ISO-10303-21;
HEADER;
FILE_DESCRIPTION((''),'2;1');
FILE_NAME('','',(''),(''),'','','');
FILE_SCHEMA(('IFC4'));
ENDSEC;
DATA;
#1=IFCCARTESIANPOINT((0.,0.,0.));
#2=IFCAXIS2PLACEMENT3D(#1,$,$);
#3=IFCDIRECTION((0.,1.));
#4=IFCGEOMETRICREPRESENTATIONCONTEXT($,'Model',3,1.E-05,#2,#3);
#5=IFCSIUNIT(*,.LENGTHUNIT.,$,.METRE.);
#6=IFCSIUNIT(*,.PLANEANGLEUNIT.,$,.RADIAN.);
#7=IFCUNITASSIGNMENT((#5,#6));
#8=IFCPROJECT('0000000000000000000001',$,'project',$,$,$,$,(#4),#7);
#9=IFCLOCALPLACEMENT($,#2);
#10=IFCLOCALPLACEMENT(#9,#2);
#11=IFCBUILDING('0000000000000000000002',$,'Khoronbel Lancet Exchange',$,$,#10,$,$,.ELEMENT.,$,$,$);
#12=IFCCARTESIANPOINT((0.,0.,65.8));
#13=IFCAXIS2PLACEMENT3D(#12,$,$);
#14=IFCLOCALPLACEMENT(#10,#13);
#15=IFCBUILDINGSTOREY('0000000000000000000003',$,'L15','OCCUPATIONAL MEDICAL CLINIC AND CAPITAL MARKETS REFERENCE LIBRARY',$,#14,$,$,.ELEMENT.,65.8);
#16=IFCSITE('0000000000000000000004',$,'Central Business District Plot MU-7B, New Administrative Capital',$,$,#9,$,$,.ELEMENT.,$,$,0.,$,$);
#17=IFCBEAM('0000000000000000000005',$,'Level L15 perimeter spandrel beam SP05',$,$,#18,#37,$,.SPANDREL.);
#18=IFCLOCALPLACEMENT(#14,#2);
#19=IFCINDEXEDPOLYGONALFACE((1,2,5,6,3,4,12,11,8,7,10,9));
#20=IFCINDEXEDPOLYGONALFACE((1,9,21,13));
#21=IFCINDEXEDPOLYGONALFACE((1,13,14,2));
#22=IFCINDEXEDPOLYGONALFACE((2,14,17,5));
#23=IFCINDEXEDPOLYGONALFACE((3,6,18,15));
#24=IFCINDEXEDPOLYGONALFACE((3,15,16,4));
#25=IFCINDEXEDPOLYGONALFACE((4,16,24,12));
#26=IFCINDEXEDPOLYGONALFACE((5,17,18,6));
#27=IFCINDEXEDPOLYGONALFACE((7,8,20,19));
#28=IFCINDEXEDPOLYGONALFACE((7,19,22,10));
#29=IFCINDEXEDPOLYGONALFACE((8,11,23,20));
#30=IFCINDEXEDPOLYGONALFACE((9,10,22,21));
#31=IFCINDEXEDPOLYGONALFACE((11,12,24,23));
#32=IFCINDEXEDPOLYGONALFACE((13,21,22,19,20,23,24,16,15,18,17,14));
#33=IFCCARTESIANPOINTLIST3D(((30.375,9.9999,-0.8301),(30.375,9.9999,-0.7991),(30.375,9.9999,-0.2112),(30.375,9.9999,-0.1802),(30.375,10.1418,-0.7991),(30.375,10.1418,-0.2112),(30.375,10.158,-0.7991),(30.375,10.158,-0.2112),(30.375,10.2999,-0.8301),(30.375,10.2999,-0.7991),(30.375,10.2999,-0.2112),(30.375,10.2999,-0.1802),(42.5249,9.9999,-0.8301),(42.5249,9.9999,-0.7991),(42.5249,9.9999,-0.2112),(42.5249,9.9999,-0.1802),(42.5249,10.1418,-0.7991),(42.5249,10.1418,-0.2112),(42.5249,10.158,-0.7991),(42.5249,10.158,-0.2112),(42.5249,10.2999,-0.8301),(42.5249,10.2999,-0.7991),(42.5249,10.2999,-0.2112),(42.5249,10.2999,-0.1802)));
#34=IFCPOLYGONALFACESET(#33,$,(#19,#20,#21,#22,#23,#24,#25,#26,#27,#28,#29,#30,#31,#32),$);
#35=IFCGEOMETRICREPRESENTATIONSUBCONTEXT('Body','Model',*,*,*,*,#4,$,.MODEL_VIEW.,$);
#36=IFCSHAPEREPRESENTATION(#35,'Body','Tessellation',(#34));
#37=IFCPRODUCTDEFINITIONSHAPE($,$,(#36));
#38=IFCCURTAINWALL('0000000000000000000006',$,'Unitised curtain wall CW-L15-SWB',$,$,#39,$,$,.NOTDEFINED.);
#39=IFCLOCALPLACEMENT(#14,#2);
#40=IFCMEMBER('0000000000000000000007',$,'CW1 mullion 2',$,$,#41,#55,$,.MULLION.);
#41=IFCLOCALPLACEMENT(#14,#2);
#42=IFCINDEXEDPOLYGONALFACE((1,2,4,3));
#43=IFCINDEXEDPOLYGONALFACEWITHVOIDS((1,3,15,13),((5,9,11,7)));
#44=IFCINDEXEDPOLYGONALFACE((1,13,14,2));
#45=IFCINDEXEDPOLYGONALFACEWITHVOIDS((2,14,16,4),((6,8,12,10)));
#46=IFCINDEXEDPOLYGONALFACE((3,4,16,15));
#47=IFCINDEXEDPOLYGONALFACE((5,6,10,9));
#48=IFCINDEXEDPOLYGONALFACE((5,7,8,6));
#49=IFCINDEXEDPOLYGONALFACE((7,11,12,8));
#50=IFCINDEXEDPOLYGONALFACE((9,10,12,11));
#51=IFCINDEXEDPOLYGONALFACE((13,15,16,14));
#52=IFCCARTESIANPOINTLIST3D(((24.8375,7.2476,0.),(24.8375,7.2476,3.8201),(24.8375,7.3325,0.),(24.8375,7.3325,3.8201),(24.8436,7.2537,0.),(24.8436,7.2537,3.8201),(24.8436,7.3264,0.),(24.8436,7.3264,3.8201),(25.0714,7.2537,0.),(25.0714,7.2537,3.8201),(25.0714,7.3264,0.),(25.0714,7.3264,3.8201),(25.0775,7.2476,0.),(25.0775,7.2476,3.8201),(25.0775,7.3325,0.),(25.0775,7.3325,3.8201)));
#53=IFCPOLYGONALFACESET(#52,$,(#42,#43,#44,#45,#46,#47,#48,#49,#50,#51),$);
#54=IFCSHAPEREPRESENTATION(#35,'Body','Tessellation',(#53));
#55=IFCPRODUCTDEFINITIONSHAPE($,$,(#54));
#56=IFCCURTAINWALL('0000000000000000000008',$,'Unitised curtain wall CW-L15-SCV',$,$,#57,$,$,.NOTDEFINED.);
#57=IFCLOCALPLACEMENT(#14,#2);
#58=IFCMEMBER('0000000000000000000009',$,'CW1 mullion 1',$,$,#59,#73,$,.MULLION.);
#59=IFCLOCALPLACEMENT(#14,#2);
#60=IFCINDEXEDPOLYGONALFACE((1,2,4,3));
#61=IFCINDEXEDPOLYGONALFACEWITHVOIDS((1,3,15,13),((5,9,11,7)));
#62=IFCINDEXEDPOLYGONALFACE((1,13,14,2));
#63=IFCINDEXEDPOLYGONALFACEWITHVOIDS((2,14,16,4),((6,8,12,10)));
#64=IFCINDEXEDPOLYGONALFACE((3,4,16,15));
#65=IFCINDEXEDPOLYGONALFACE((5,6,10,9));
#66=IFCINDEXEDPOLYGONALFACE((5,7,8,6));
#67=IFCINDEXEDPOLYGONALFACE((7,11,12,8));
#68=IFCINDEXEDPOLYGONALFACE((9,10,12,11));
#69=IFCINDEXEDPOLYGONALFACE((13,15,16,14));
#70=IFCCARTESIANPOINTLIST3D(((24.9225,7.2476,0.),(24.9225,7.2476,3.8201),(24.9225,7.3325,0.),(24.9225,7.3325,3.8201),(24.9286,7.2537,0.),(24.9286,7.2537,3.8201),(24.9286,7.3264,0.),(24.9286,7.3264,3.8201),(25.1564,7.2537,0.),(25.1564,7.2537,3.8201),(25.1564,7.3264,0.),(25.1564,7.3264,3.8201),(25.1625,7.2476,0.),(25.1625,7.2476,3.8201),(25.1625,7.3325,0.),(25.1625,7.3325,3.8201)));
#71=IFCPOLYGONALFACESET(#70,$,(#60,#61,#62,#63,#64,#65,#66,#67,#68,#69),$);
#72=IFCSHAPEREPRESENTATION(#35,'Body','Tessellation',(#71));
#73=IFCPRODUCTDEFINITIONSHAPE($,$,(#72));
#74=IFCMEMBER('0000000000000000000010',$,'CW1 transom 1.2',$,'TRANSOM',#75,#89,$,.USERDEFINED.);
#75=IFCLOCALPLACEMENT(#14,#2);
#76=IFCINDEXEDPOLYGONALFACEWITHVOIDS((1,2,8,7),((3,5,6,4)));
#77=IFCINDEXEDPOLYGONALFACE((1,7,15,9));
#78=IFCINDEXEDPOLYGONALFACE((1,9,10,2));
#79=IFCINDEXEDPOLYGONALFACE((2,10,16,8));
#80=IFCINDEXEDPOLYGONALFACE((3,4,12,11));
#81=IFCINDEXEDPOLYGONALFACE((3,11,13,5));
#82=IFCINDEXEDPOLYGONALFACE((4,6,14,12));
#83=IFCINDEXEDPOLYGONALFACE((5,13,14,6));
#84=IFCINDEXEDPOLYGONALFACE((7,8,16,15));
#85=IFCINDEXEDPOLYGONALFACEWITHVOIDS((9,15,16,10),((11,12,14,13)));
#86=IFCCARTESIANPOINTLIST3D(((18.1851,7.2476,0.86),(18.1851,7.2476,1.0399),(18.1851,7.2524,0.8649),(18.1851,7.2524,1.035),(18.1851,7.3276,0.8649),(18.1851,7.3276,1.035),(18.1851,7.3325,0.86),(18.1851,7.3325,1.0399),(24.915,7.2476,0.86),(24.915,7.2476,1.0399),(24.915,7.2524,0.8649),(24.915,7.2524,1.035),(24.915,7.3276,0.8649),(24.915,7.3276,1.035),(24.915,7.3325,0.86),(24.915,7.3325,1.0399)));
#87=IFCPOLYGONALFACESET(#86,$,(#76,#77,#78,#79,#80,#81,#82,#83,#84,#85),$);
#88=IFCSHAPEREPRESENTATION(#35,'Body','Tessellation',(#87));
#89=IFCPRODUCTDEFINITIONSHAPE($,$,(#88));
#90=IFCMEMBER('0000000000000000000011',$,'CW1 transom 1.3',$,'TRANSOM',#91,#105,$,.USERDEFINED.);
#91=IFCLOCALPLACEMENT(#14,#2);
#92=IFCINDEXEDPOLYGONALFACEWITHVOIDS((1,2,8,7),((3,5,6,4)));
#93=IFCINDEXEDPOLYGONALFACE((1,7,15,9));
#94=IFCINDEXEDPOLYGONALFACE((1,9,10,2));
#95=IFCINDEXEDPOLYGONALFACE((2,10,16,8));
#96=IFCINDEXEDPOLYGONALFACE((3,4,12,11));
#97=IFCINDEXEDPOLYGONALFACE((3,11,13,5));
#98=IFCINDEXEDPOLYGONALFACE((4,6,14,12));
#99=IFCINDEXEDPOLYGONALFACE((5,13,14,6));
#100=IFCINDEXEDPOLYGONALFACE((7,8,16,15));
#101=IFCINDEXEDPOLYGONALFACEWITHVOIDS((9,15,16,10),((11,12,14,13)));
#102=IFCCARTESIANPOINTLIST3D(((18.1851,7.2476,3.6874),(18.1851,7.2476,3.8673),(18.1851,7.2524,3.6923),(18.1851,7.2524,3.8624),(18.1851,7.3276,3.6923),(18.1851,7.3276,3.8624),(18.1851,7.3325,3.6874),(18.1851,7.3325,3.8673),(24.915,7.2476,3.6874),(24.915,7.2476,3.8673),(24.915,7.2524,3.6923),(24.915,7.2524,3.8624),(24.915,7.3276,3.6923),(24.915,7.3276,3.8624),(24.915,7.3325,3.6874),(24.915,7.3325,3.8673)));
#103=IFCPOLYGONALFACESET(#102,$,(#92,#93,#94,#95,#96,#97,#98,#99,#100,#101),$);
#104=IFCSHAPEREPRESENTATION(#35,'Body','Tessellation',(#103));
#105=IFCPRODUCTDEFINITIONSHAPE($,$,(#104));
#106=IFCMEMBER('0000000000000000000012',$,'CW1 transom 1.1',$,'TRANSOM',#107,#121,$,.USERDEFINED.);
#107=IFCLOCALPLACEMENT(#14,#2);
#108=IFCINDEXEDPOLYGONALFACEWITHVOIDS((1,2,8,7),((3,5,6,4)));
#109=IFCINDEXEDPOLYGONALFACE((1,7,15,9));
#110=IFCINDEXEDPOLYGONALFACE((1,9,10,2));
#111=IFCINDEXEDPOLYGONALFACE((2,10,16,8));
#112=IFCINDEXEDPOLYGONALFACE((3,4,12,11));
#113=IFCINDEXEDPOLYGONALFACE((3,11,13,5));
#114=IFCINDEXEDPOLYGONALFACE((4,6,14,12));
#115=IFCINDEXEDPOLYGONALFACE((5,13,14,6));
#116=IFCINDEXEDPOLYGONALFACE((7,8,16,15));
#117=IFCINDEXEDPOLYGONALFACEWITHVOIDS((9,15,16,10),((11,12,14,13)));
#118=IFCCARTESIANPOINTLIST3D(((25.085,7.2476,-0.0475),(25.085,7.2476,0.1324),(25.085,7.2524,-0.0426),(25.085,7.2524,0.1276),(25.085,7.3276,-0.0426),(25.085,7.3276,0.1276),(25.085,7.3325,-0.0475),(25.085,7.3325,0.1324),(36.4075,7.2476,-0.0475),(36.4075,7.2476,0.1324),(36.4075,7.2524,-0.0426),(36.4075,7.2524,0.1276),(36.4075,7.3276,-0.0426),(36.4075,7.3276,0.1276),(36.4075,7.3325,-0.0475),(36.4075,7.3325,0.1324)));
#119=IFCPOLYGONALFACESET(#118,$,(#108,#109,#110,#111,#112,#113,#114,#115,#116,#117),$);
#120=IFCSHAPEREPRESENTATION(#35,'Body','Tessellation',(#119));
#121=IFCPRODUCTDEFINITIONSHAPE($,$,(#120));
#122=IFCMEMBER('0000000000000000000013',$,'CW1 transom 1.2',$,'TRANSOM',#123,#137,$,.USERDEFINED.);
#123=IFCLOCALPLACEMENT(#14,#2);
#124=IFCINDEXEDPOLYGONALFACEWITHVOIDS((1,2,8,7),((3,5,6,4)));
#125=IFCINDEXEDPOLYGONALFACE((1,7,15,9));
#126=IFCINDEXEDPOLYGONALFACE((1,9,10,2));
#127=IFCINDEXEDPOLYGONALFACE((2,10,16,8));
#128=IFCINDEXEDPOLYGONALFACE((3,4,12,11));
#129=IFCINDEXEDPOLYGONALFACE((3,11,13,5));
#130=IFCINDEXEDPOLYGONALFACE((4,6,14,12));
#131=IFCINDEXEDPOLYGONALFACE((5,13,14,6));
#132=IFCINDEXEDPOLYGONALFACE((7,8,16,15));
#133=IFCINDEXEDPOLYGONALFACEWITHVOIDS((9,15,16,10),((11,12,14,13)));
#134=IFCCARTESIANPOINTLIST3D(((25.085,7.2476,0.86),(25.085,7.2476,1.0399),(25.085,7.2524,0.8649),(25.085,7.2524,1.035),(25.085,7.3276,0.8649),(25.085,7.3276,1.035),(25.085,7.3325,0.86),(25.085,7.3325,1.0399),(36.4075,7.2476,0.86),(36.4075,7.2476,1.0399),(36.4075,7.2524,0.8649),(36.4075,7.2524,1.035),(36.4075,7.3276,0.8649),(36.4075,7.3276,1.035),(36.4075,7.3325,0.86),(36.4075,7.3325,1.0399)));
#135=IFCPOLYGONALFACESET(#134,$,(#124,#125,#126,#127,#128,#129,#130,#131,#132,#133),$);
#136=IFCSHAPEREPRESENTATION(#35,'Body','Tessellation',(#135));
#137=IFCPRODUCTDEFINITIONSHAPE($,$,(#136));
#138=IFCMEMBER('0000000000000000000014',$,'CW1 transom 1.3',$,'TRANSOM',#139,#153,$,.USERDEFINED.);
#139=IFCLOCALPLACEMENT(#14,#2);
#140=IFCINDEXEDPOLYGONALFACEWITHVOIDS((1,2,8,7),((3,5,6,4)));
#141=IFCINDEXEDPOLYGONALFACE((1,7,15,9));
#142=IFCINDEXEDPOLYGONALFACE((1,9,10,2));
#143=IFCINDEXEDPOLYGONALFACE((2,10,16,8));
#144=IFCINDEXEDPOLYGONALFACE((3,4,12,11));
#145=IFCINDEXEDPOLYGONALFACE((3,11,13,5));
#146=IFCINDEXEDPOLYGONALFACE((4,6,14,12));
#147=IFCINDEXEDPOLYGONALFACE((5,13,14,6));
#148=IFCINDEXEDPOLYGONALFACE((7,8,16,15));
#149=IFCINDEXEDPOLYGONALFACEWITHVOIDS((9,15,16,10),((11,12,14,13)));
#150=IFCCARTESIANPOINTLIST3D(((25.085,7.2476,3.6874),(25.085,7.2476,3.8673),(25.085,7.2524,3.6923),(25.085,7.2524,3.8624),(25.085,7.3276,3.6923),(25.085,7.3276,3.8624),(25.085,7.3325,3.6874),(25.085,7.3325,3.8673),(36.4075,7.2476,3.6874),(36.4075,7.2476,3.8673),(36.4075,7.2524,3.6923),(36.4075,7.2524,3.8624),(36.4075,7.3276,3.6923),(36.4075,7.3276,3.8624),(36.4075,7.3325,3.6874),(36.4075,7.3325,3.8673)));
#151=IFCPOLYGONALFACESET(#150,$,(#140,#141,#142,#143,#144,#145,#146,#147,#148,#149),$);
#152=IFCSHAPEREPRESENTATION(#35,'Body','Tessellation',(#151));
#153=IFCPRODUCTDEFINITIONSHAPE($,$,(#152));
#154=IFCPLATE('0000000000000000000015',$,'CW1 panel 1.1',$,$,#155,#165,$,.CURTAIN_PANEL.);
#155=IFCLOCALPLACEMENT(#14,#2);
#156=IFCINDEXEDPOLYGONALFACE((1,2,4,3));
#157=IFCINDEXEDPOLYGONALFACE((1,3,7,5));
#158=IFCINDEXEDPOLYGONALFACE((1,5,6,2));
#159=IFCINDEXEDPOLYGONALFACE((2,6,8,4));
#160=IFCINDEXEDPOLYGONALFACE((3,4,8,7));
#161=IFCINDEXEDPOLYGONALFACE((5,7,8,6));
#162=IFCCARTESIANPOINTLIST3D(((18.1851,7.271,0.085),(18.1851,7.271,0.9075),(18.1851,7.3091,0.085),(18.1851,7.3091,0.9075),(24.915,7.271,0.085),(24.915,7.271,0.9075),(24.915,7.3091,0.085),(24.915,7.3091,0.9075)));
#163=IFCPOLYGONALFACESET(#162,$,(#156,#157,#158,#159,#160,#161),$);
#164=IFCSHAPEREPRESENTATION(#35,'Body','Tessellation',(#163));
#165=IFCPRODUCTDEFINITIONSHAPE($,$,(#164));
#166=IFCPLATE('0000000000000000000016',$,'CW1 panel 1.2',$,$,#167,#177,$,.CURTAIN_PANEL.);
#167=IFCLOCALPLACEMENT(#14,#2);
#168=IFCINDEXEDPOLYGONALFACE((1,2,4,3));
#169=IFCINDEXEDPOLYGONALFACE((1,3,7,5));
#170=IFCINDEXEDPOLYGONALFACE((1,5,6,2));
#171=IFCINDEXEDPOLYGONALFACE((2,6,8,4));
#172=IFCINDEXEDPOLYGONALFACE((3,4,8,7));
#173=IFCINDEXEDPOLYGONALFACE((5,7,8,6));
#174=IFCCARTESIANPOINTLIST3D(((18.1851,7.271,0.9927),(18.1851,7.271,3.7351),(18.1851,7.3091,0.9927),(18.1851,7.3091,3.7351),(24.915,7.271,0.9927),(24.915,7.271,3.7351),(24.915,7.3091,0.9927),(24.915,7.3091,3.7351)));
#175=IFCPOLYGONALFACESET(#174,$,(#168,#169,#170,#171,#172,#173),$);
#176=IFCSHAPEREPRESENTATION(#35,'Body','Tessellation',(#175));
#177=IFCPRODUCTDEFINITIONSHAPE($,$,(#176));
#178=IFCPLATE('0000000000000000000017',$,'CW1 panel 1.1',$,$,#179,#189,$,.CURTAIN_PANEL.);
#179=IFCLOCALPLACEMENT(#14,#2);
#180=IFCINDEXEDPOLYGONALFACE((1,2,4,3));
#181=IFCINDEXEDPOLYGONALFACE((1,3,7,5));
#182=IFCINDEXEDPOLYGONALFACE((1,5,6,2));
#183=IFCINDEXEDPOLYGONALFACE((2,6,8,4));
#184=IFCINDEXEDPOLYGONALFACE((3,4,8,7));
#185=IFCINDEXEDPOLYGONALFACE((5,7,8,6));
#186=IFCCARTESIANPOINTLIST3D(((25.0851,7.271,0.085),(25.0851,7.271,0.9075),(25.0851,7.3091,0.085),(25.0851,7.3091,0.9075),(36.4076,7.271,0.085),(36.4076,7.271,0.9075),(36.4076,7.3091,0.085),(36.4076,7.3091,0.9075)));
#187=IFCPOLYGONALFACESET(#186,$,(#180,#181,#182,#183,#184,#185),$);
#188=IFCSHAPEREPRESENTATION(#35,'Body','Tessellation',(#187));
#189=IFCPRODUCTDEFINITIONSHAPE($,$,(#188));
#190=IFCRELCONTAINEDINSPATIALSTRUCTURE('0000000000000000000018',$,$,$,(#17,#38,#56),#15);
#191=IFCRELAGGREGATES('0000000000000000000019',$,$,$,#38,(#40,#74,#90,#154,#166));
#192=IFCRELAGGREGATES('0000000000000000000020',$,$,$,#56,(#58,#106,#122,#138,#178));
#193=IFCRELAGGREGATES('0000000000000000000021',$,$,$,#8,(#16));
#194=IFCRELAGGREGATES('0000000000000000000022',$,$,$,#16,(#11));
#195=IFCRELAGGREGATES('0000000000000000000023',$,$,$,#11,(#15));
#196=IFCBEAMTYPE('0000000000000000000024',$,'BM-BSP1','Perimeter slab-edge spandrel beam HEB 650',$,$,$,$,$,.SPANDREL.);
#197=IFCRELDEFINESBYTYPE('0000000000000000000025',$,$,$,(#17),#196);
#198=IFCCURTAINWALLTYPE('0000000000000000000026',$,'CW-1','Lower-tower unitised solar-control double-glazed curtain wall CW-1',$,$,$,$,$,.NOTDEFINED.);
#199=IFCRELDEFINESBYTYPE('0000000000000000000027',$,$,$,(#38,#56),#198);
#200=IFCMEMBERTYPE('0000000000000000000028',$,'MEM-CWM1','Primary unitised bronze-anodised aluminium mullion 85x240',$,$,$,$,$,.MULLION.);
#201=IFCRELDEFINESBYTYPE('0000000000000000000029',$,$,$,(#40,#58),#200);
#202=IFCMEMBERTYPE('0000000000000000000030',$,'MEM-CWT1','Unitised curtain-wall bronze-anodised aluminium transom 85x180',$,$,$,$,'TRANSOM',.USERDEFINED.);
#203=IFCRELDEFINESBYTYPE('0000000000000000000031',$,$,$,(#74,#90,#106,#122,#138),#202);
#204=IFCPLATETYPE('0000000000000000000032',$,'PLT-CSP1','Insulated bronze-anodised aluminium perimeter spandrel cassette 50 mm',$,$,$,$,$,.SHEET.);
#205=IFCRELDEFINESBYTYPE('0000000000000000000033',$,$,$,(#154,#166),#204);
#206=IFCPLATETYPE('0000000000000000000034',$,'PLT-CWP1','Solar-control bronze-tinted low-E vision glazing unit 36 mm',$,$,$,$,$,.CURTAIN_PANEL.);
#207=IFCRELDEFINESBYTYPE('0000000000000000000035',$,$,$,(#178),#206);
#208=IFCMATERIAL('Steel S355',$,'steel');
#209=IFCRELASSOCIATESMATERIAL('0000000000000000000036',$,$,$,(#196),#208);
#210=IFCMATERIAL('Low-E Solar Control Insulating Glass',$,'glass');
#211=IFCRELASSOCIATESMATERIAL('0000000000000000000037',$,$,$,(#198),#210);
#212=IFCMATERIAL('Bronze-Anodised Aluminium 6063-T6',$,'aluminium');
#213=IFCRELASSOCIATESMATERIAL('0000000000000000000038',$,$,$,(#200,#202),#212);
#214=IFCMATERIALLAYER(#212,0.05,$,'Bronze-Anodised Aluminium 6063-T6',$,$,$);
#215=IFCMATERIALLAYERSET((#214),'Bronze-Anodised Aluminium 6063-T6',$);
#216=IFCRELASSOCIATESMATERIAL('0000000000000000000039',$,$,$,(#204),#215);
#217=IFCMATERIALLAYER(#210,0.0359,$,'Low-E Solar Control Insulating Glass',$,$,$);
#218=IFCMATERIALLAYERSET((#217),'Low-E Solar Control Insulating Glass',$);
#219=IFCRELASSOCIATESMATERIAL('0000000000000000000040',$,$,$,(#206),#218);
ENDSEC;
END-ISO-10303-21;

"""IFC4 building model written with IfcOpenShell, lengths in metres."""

from ifc_helpers import new_model, si_unit, direction, frame, origin, origin_2d, place, context, subcontext, project, spatial, rectangle, hollow_rectangle, i_section, extrude, material, layer, layer_set, material_profile, profile_set, type_object, element, aggregate, save


model = new_model("IFC4")

# Units and contexts
model_context = context("Model", 3, precision=1e-05, world=origin(), true_north=direction((0.0, 1.0)))
body_context = subcontext(model_context, "Body", "Model", "MODEL_VIEW")
ifc_project = project(units=[si_unit("LENGTHUNIT", "METRE"), si_unit("PLANEANGLEUNIT", "RADIAN")], contexts=[model_context])

# Site, building, storey
site_placement = place(None, origin())
site = spatial("IfcSite", under=ifc_project, at=site_placement, Name="Central Business District Plot MU-7B, New Administrative Capital", CompositionType="ELEMENT", RefElevation=0.0)
building_placement = place(site_placement, origin())
building = spatial("IfcBuilding", under=site, at=building_placement, Name="Khoronbel Lancet Exchange", CompositionType="ELEMENT")
storey_placement = place(building_placement, frame((0.0, 0.0, 65.8)))
storey = spatial("IfcBuildingStorey", under=building, at=storey_placement, Name="L15", Description="OCCUPATIONAL MEDICAL CLINIC AND CAPITAL MARKETS REFERENCE LIBRARY", CompositionType="ELEMENT", Elevation=65.8)

# Beam
ifc_material_1 = material(Name="Steel S355", Category="steel")
ifc_material_profile_1 = material_profile(ifc_material_1, i_section(OverallWidth=0.3, OverallDepth=0.6499, WebThickness=0.0161, FlangeThickness=0.031, at=origin_2d()), Name="HEB 650")
ifc_profile_set_1 = profile_set([ifc_material_profile_1], Name="Steel S355")
beam_type_1 = type_object("IfcBeamType", Name="BM-BSP1", Description="Perimeter slab-edge spandrel beam HEB 650", PredefinedType="SPANDREL", material=ifc_profile_set_1)
beam_1_placement = place(storey_placement, frame((30.375, 10.1499, -0.5051), z_axis=(1.0, 0.0, 0.0), x_axis=(0.0, 1.0, 0.0)))
element("IfcBeam", 1, at=beam_1_placement, inside=storey, type_object=beam_type_1, Name="Level L15 perimeter spandrel beam SP05", PredefinedType="SPANDREL", context=body_context, shape_type="SweptSolid", body=[
    extrude(i_section(OverallWidth=0.3, OverallDepth=0.6499, WebThickness=0.0161, FlangeThickness=0.031, at=origin_2d()), origin(), (0.0, 0.0, 1.0), 12.1499),
])

# Curtain walls, members
ifc_material_2 = material(Name="Low-E Solar Control Insulating Glass", Category="glass")
curtain_wall_type = type_object("IfcCurtainWallType", Name="CW-1", Description="Lower-tower unitised solar-control double-glazed curtain wall CW-1", PredefinedType="NOTDEFINED", material=ifc_material_2)
curtain_wall_1_placement = place(storey_placement, origin())
curtain_wall_1 = element("IfcCurtainWall", 2, at=curtain_wall_1_placement, inside=storey, type_object=curtain_wall_type, Name="Unitised curtain wall CW-L15-SWB", PredefinedType="NOTDEFINED")
ifc_material_3 = material(Name="Bronze-Anodised Aluminium 6063-T6", Category="aluminium")
ifc_material_profile_2 = material_profile(ifc_material_3, hollow_rectangle(XDim=0.085, YDim=0.24, WallThickness=0.0061, at=origin_2d()), Name="ALU MULLION 85x240")
ifc_profile_set_2 = profile_set([ifc_material_profile_2], Name="Bronze-Anodised Aluminium 6063-T6")
member_type_1 = type_object("IfcMemberType", Name="MEM-CWM1", Description="Primary unitised bronze-anodised aluminium mullion 85x240", PredefinedType="MULLION", material=ifc_profile_set_2)
member_1_placement = place(storey_placement, frame((24.9575, 7.29, 0.0), z_axis=(0.0, 0.0, 1.0), x_axis=(0.0, 1.0, 0.0)))
member_1 = element("IfcMember", 3, at=member_1_placement, type_object=member_type_1, Name="CW1 mullion 2", PredefinedType="MULLION", context=body_context, shape_type="SweptSolid", body=[
    extrude(hollow_rectangle(XDim=0.085, YDim=0.24, WallThickness=0.0061, at=origin_2d()), origin(), (0.0, 0.0, 1.0), 3.8201),
])
curtain_wall_2_placement = place(storey_placement, origin())
curtain_wall_2 = element("IfcCurtainWall", 4, at=curtain_wall_2_placement, inside=storey, type_object=curtain_wall_type, Name="Unitised curtain wall CW-L15-SCV", PredefinedType="NOTDEFINED")
member_2_placement = place(storey_placement, frame((25.0425, 7.29, 0.0), z_axis=(0.0, 0.0, 1.0), x_axis=(0.0, 1.0, 0.0)))
member_2 = element("IfcMember", 5, at=member_2_placement, type_object=member_type_1, Name="CW1 mullion 1", PredefinedType="MULLION", context=body_context, shape_type="SweptSolid", body=[
    extrude(hollow_rectangle(XDim=0.085, YDim=0.24, WallThickness=0.0061, at=origin_2d()), origin(), (0.0, 0.0, 1.0), 3.8201),
])

# Members
ifc_material_profile_3 = material_profile(ifc_material_3, hollow_rectangle(XDim=0.085, YDim=0.1799, WallThickness=0.0049, at=origin_2d()), Name="ALU TRANSOM 85x180")
ifc_profile_set_3 = profile_set([ifc_material_profile_3], Name="Bronze-Anodised Aluminium 6063-T6")
member_type_2 = type_object("IfcMemberType", Name="MEM-CWT1", Description="Unitised curtain-wall bronze-anodised aluminium transom 85x180", ElementType="TRANSOM", PredefinedType="USERDEFINED", material=ifc_profile_set_3)
member_3_placement = place(storey_placement, frame((18.1851, 7.29, 0.95), z_axis=(1.0, 0.0, 0.0), x_axis=(0.0, 1.0, 0.0)))
member_3 = element("IfcMember", 6, at=member_3_placement, type_object=member_type_2, Name="CW1 transom 1.2", ObjectType="TRANSOM", PredefinedType="USERDEFINED", context=body_context, shape_type="SweptSolid", body=[
    extrude(hollow_rectangle(XDim=0.085, YDim=0.1799, WallThickness=0.0049, at=origin_2d()), origin(), (0.0, 0.0, 1.0), 6.73),
])
member_4_placement = place(storey_placement, frame((18.1851, 7.29, 3.7773), z_axis=(1.0, 0.0, 0.0), x_axis=(0.0, 1.0, 0.0)))
member_4 = element("IfcMember", 7, at=member_4_placement, type_object=member_type_2, Name="CW1 transom 1.3", ObjectType="TRANSOM", PredefinedType="USERDEFINED", context=body_context, shape_type="SweptSolid", body=[
    extrude(hollow_rectangle(XDim=0.085, YDim=0.1799, WallThickness=0.0049, at=origin_2d()), origin(), (0.0, 0.0, 1.0), 6.73),
])
member_5_placement = place(storey_placement, frame((25.085, 7.29, 0.0425), z_axis=(1.0, 0.0, 0.0), x_axis=(0.0, 1.0, 0.0)))
member_5 = element("IfcMember", 8, at=member_5_placement, type_object=member_type_2, Name="CW1 transom 1.1", ObjectType="TRANSOM", PredefinedType="USERDEFINED", context=body_context, shape_type="SweptSolid", body=[
    extrude(hollow_rectangle(XDim=0.085, YDim=0.1799, WallThickness=0.0049, at=origin_2d()), origin(), (0.0, 0.0, 1.0), 11.3225),
])
member_6_placement = place(storey_placement, frame((25.085, 7.29, 0.95), z_axis=(1.0, 0.0, 0.0), x_axis=(0.0, 1.0, 0.0)))
member_6 = element("IfcMember", 9, at=member_6_placement, type_object=member_type_2, Name="CW1 transom 1.2", ObjectType="TRANSOM", PredefinedType="USERDEFINED", context=body_context, shape_type="SweptSolid", body=[
    extrude(hollow_rectangle(XDim=0.085, YDim=0.1799, WallThickness=0.0049, at=origin_2d()), origin(), (0.0, 0.0, 1.0), 11.3225),
])
member_7_placement = place(storey_placement, frame((25.085, 7.29, 3.7773), z_axis=(1.0, 0.0, 0.0), x_axis=(0.0, 1.0, 0.0)))
member_7 = element("IfcMember", 10, at=member_7_placement, type_object=member_type_2, Name="CW1 transom 1.3", ObjectType="TRANSOM", PredefinedType="USERDEFINED", context=body_context, shape_type="SweptSolid", body=[
    extrude(hollow_rectangle(XDim=0.085, YDim=0.1799, WallThickness=0.0049, at=origin_2d()), origin(), (0.0, 0.0, 1.0), 11.3225),
])

# Plates
ifc_layer_1 = layer(ifc_material_3, 0.05, Name="Bronze-Anodised Aluminium 6063-T6")
ifc_layer_set_1 = layer_set([ifc_layer_1], Name="Bronze-Anodised Aluminium 6063-T6")
plate_type_1 = type_object("IfcPlateType", Name="PLT-CSP1", Description="Insulated bronze-anodised aluminium perimeter spandrel cassette 50 mm", PredefinedType="SHEET", material=ifc_layer_set_1)
plate_1_placement = place(storey_placement, frame((21.55, 7.29, 0.085), z_axis=(0.0, 0.0, 1.0), x_axis=(1.0, 0.0, 0.0)))
plate_1 = element("IfcPlate", 11, at=plate_1_placement, type_object=plate_type_1, Name="CW1 panel 1.1", PredefinedType="CURTAIN_PANEL", context=body_context, shape_type="SweptSolid", body=[
    extrude(rectangle(XDim=6.73, YDim=0.0381, at=origin_2d()), origin(), (0.0, 0.0, 1.0), 0.8225),
])
plate_2_placement = place(storey_placement, frame((21.55, 7.29, 0.9927), z_axis=(0.0, 0.0, 1.0), x_axis=(1.0, 0.0, 0.0)))
plate_2 = element("IfcPlate", 12, at=plate_2_placement, type_object=plate_type_1, Name="CW1 panel 1.2", PredefinedType="CURTAIN_PANEL", context=body_context, shape_type="SweptSolid", body=[
    extrude(rectangle(XDim=6.73, YDim=0.0381, at=origin_2d()), origin(), (0.0, 0.0, 1.0), 2.7424),
])
aggregate(curtain_wall_1, [member_1, member_3, member_4, plate_1, plate_2])
ifc_layer_2 = layer(ifc_material_2, 0.0359, Name="Low-E Solar Control Insulating Glass")
ifc_layer_set_2 = layer_set([ifc_layer_2], Name="Low-E Solar Control Insulating Glass")
plate_type_2 = type_object("IfcPlateType", Name="PLT-CWP1", Description="Solar-control bronze-tinted low-E vision glazing unit 36 mm", PredefinedType="CURTAIN_PANEL", material=ifc_layer_set_2)
plate_3_placement = place(storey_placement, frame((30.7463, 7.29, 0.085), z_axis=(0.0, 0.0, 1.0), x_axis=(1.0, 0.0, 0.0)))
plate_3 = element("IfcPlate", 13, at=plate_3_placement, type_object=plate_type_2, Name="CW1 panel 1.1", PredefinedType="CURTAIN_PANEL", context=body_context, shape_type="SweptSolid", body=[
    extrude(rectangle(XDim=11.3225, YDim=0.0381, at=origin_2d()), origin(), (0.0, 0.0, 1.0), 0.8225),
])
aggregate(curtain_wall_2, [member_2, member_5, member_6, member_7, plate_3])

save(model, "model.ifc")
